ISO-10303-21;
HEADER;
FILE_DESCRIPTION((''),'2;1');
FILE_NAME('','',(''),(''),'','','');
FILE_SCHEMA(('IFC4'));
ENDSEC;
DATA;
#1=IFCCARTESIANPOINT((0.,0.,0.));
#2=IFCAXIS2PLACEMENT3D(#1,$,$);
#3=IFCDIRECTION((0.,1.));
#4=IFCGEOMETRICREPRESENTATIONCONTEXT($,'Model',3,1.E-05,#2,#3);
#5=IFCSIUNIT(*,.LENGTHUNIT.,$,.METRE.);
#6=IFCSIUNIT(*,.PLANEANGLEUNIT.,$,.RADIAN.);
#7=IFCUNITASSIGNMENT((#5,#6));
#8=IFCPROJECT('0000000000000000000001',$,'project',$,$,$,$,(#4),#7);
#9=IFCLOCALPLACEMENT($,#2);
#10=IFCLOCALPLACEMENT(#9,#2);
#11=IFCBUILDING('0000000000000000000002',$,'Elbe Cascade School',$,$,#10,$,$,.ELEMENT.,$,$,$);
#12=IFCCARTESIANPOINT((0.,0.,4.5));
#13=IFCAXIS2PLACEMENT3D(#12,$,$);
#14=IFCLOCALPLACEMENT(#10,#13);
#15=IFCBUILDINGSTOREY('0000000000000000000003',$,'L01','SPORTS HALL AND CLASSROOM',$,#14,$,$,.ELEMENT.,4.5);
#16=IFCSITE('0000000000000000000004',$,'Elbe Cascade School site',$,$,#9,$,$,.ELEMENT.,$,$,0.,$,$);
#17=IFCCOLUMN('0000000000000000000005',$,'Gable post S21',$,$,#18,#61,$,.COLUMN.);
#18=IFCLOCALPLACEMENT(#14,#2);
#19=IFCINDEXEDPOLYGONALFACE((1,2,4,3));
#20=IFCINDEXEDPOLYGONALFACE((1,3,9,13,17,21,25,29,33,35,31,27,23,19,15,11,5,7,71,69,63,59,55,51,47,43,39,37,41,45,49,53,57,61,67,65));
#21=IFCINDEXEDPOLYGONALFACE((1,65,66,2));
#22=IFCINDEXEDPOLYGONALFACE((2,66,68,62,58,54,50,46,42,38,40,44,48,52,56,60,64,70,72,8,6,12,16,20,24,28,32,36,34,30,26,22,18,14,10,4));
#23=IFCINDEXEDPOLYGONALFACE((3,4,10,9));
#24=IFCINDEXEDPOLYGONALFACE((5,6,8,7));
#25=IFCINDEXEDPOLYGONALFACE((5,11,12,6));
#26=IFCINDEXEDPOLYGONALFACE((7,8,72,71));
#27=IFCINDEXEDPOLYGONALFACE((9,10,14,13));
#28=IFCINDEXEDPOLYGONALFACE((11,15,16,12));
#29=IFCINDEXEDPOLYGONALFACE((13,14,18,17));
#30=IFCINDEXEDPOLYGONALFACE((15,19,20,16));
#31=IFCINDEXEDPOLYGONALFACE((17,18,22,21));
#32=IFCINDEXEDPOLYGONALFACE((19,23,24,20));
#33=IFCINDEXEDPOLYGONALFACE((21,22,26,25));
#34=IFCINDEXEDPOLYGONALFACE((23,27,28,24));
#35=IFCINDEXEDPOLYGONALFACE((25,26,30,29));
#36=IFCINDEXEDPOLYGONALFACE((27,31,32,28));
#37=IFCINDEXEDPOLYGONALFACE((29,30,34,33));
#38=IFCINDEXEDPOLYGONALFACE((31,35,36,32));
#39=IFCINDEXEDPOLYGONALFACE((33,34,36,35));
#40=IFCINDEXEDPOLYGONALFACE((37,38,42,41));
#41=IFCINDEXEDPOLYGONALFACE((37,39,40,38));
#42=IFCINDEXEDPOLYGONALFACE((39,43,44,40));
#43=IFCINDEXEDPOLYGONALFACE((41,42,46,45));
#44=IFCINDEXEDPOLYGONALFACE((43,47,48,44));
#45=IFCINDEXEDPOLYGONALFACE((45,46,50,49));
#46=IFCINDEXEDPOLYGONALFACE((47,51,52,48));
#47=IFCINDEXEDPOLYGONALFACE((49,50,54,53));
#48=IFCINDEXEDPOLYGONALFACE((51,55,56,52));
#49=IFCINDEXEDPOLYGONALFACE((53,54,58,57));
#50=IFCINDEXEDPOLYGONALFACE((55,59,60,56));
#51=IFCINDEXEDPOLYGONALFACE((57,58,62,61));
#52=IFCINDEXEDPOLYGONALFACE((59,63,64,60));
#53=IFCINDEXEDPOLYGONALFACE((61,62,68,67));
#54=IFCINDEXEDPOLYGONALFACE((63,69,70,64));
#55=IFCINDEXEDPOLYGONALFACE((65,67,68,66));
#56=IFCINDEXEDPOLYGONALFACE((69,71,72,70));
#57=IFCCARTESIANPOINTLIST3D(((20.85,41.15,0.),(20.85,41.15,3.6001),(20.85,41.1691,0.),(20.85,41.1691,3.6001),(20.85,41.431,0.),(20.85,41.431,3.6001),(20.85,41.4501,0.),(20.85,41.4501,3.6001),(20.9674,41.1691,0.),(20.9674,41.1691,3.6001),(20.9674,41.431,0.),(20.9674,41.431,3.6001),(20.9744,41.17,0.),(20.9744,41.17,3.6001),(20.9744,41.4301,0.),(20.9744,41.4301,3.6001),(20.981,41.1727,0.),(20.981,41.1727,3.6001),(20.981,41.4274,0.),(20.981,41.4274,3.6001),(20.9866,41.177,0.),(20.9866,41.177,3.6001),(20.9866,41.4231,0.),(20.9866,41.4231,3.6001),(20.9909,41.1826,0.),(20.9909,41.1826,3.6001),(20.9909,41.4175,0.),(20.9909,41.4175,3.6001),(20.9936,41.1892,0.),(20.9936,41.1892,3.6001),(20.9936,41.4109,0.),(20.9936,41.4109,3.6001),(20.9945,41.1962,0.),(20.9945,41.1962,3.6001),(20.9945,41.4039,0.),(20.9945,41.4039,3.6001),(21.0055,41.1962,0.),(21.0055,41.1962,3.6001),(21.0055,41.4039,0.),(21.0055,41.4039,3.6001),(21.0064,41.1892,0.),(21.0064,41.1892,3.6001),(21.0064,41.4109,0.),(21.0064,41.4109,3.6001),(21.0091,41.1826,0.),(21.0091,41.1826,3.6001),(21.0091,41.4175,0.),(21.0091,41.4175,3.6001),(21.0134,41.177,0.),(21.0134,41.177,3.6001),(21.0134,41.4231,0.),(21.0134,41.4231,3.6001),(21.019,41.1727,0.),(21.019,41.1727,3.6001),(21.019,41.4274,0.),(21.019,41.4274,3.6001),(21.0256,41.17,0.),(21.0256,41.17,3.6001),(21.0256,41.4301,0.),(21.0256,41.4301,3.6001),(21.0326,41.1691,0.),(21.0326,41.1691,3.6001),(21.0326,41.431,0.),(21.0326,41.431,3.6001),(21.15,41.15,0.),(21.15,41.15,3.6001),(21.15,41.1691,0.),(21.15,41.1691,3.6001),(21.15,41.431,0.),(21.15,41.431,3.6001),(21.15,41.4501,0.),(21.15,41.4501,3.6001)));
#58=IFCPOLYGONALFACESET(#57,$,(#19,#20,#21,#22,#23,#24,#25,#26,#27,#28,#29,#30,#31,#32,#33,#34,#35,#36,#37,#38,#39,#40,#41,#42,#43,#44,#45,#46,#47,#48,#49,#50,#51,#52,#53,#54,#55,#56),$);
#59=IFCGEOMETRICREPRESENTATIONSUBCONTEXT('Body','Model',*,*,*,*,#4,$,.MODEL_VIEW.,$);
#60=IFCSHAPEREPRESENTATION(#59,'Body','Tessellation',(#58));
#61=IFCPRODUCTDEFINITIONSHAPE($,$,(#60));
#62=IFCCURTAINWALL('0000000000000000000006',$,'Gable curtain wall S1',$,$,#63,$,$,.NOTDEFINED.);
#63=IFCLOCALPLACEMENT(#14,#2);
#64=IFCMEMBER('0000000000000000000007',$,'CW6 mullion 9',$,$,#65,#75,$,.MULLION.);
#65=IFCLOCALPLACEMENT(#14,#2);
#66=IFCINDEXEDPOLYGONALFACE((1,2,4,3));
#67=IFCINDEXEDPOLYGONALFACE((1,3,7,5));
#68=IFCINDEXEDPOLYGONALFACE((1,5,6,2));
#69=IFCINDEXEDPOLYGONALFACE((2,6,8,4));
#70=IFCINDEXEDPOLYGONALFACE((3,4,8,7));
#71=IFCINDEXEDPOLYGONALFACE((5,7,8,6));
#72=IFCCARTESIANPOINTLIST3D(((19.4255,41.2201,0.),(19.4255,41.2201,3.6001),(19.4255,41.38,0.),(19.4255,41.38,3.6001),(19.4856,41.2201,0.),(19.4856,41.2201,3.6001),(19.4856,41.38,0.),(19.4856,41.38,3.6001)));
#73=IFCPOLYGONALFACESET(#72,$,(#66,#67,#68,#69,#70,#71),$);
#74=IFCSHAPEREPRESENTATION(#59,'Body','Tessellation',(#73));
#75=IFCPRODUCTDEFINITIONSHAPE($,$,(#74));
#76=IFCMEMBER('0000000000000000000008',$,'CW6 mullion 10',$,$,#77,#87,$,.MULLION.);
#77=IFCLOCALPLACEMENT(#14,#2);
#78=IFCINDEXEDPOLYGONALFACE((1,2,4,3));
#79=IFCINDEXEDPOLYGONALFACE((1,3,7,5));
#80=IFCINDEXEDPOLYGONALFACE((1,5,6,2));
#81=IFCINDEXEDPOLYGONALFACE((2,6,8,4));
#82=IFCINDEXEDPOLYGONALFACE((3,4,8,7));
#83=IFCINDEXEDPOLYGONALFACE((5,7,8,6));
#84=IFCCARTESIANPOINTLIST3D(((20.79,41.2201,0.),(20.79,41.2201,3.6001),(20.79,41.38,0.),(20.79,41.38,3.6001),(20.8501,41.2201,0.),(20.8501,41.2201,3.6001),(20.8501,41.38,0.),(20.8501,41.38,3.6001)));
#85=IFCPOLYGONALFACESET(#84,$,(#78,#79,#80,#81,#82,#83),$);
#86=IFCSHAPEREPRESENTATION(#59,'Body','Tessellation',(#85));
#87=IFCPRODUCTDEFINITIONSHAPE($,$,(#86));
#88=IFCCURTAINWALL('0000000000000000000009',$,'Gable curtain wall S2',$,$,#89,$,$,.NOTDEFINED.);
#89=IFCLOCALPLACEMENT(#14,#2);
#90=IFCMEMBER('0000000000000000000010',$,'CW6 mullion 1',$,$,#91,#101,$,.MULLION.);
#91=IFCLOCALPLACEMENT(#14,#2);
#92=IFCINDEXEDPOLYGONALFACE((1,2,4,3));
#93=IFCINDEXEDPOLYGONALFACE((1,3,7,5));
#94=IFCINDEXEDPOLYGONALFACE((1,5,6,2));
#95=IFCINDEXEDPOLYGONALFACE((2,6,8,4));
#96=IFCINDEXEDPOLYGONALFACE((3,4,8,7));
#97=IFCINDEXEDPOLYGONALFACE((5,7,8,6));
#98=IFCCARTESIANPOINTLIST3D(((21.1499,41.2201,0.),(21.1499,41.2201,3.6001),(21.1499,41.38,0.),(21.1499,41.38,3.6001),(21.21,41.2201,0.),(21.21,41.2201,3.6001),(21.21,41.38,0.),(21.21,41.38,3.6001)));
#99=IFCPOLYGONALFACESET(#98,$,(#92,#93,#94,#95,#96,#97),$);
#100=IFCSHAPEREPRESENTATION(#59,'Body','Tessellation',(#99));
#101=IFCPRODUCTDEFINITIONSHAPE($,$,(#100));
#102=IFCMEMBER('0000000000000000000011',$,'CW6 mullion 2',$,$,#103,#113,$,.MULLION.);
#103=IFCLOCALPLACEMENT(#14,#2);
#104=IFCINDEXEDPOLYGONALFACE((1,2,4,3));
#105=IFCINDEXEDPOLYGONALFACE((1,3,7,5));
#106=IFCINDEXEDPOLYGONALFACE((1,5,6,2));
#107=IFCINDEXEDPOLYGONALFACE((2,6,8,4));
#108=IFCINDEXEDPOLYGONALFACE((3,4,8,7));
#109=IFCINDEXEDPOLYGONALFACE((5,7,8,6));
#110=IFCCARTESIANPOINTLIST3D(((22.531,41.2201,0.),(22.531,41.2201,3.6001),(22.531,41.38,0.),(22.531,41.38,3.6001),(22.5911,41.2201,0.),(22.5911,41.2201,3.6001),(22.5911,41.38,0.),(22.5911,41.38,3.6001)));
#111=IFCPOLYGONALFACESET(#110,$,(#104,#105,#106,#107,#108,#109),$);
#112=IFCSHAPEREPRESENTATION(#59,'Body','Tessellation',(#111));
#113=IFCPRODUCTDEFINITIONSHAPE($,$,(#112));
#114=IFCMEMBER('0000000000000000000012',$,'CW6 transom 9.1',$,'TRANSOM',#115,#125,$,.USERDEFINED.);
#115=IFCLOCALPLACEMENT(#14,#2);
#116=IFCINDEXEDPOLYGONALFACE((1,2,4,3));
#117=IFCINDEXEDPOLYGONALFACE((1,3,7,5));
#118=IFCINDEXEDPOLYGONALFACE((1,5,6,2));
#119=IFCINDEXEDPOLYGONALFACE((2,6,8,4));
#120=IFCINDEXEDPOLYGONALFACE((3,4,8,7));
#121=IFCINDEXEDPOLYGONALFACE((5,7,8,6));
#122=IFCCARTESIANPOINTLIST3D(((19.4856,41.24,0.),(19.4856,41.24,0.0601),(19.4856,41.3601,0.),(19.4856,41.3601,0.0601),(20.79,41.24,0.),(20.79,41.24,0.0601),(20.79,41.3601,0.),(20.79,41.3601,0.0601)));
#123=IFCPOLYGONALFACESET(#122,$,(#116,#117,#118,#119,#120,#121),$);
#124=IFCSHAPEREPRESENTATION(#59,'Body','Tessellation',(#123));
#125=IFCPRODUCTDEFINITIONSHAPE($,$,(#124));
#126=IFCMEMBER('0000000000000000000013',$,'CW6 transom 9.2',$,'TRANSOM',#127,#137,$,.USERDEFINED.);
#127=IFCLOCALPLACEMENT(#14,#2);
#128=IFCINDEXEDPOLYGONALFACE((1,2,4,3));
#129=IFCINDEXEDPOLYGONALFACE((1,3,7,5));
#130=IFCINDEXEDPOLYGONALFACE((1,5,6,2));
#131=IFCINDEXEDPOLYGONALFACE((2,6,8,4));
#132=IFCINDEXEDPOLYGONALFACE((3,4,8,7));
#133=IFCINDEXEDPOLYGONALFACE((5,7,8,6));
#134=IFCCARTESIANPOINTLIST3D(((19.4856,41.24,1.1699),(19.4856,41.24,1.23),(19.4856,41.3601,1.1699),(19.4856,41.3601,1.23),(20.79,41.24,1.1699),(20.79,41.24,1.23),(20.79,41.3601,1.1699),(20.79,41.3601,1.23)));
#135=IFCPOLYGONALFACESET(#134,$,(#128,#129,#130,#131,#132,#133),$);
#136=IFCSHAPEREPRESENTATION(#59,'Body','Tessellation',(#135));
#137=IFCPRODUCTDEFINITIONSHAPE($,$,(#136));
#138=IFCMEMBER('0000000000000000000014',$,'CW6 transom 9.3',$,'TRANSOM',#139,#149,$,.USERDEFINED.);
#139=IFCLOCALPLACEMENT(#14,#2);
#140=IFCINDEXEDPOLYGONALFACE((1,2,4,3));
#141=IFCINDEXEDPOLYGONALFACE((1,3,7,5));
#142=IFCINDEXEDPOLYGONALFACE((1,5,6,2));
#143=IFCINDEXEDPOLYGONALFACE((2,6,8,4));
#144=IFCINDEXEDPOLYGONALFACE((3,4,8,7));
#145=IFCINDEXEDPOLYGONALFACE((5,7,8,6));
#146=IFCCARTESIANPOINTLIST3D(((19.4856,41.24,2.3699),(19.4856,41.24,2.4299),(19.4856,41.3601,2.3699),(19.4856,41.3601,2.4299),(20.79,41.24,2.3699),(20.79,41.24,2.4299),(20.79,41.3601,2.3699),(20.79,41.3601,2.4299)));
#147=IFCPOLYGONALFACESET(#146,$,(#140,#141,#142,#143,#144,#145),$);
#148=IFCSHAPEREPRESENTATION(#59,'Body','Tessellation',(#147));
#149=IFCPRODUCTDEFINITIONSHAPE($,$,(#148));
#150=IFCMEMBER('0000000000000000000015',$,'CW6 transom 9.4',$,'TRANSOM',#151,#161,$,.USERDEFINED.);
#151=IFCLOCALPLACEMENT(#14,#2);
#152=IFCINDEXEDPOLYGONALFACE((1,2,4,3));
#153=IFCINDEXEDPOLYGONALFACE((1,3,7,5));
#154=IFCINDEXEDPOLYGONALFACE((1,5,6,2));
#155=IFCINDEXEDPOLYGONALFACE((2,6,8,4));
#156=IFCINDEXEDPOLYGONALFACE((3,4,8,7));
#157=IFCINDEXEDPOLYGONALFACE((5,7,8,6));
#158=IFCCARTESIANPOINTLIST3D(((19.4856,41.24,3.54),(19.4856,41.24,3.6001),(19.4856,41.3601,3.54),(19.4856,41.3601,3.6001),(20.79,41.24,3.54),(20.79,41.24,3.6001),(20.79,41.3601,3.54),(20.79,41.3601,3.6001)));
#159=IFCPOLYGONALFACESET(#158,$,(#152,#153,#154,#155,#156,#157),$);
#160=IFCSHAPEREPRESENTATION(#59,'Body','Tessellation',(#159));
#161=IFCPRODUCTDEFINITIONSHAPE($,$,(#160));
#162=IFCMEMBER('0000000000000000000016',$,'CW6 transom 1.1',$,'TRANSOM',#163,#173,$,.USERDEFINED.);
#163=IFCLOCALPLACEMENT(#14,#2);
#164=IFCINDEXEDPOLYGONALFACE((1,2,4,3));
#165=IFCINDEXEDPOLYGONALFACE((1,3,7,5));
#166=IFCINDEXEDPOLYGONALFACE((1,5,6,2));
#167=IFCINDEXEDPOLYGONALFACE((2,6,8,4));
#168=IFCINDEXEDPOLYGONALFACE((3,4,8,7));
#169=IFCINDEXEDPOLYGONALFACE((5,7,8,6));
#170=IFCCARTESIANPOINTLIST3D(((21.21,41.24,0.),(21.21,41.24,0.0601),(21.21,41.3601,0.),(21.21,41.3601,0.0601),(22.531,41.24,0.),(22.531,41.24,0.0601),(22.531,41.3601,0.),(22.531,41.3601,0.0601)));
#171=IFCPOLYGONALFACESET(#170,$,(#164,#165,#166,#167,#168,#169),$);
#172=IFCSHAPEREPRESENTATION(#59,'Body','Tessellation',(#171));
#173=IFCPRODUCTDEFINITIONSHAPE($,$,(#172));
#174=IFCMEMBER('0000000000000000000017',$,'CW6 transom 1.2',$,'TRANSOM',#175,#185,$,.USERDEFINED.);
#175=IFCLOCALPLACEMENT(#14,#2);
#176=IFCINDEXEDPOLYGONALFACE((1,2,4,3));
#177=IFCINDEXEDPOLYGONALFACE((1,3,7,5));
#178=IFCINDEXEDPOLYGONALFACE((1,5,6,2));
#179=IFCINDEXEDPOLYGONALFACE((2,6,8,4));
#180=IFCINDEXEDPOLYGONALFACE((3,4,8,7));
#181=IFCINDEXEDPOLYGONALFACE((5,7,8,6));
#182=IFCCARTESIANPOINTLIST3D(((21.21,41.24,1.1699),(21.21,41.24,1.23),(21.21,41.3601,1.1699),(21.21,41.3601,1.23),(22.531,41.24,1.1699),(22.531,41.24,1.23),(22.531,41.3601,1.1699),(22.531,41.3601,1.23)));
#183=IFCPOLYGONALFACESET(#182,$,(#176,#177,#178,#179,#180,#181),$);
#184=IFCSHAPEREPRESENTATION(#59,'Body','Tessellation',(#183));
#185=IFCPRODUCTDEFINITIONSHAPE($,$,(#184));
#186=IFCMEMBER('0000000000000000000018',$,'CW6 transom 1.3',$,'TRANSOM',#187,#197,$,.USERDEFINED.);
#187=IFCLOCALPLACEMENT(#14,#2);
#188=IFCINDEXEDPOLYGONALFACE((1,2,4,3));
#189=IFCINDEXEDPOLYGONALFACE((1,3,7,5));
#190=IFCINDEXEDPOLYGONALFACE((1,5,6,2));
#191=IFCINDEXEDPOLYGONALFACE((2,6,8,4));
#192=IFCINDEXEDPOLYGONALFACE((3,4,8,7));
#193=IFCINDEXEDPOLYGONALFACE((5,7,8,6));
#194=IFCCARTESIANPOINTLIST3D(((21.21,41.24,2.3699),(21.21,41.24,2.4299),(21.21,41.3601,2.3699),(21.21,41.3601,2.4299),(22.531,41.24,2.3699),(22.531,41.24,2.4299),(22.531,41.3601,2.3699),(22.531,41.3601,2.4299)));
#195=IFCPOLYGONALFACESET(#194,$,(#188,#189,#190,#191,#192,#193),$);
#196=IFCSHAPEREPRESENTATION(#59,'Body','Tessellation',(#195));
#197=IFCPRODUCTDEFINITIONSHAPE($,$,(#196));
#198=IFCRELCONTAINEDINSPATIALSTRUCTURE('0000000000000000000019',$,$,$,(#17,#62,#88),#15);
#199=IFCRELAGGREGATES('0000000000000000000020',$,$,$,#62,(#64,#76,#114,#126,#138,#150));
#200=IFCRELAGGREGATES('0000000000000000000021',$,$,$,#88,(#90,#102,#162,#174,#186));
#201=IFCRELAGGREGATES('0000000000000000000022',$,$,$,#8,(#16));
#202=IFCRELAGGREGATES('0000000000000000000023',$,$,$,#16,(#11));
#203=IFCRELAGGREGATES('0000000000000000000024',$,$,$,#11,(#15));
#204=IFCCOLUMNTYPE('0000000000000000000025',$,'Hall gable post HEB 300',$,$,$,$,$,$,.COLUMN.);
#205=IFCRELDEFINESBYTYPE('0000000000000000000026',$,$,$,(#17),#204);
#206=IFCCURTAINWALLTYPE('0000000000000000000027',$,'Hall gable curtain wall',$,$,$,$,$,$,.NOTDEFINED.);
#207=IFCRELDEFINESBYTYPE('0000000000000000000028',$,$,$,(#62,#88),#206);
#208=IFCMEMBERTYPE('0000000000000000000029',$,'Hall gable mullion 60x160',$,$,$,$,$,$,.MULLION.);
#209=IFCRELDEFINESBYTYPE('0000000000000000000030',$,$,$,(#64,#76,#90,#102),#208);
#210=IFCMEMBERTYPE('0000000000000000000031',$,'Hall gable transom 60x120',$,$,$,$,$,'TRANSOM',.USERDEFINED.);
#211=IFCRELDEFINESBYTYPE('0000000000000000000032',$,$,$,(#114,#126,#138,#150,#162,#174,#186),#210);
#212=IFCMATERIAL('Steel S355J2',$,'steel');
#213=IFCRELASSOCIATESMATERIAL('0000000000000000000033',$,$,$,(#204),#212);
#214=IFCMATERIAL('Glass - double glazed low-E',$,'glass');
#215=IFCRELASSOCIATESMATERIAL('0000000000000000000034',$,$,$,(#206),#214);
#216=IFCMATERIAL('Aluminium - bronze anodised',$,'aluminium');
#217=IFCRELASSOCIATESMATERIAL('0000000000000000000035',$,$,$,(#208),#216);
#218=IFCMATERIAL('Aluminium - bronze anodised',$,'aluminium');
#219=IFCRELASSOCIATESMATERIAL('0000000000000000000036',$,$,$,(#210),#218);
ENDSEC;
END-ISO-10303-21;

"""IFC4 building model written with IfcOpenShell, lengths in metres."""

from ifc_helpers import new_model, si_unit, direction, frame, origin, origin_2d, place, context, subcontext, project, spatial, rectangle, i_section, extrude, material, material_profile, profile_set, type_object, element, aggregate, save


model = new_model("IFC4")

# Units and contexts
model_context = context("Model", 3, precision=1e-05, world=origin(), true_north=direction((0.0, 1.0)))
body_context = subcontext(model_context, "Body", "Model", "MODEL_VIEW")
ifc_project = project(units=[si_unit("LENGTHUNIT", "METRE"), si_unit("PLANEANGLEUNIT", "RADIAN")], contexts=[model_context])

# Site, building, storey
site_placement = place(None, origin())
site = spatial("IfcSite", under=ifc_project, at=site_placement, Name="Elbe Cascade School site", CompositionType="ELEMENT", RefElevation=0.0)
building_placement = place(site_placement, origin())
building = spatial("IfcBuilding", under=site, at=building_placement, Name="Elbe Cascade School", CompositionType="ELEMENT")
storey_placement = place(building_placement, frame((0.0, 0.0, 4.5)))
storey = spatial("IfcBuildingStorey", under=building, at=storey_placement, Name="L01", Description="SPORTS HALL AND CLASSROOM", CompositionType="ELEMENT", Elevation=4.5)

# Column
ifc_material_1 = material(Name="Steel S355J2", Category="steel")
ifc_material_profile_1 = material_profile(ifc_material_1, i_section(OverallWidth=0.3, OverallDepth=0.3, WebThickness=0.011, FlangeThickness=0.019, FilletRadius=0.0271, at=origin_2d()), Name="HEB 300")
ifc_profile_set_1 = profile_set([ifc_material_profile_1], Name="Steel S355J2")
column_type = type_object("IfcColumnType", Name="Hall gable post HEB 300", PredefinedType="COLUMN", material=ifc_profile_set_1)
column_placement = place(storey_placement, frame((21.0, 41.3, 0.0), z_axis=(0.0, 0.0, 1.0), x_axis=(1.0, 0.0, 0.0)))
element("IfcColumn", 1, at=column_placement, inside=storey, type_object=column_type, Name="Gable post S21", PredefinedType="COLUMN", context=body_context, shape_type="SweptSolid", body=[
    extrude(i_section(OverallWidth=0.3, OverallDepth=0.3, WebThickness=0.011, FlangeThickness=0.019, FilletRadius=0.0271, at=origin_2d()), origin(), (0.0, 0.0, 1.0), 3.6001),
])

# Curtain walls, members
ifc_material_2 = material(Name="Glass - double glazed low-E", Category="glass")
curtain_wall_type = type_object("IfcCurtainWallType", Name="Hall gable curtain wall", PredefinedType="NOTDEFINED", material=ifc_material_2)
curtain_wall_1_placement = place(storey_placement, origin())
curtain_wall_1 = element("IfcCurtainWall", 2, at=curtain_wall_1_placement, inside=storey, type_object=curtain_wall_type, Name="Gable curtain wall S1", PredefinedType="NOTDEFINED")
ifc_material_3 = material(Name="Aluminium - bronze anodised", Category="aluminium")
ifc_material_profile_2 = material_profile(ifc_material_3, rectangle(XDim=0.1599, YDim=0.0601, at=origin_2d()), Name="Alu 60x160")
ifc_profile_set_2 = profile_set([ifc_material_profile_2], Name="Aluminium - bronze anodised")
member_type_1 = type_object("IfcMemberType", Name="Hall gable mullion 60x160", PredefinedType="MULLION", material=ifc_profile_set_2)
member_1_placement = place(storey_placement, frame((19.4556, 41.3, 0.0), z_axis=(0.0, 0.0, 1.0), x_axis=(0.0, 1.0, 0.0)))
member_1 = element("IfcMember", 3, at=member_1_placement, type_object=member_type_1, Name="CW6 mullion 9", PredefinedType="MULLION", context=body_context, shape_type="SweptSolid", body=[
    extrude(rectangle(XDim=0.1599, YDim=0.0601, at=origin_2d()), origin(), (0.0, 0.0, 1.0), 3.6001),
])
member_2_placement = place(storey_placement, frame((20.8201, 41.3, 0.0), z_axis=(0.0, 0.0, 1.0), x_axis=(0.0, 1.0, 0.0)))
member_2 = element("IfcMember", 4, at=member_2_placement, type_object=member_type_1, Name="CW6 mullion 10", PredefinedType="MULLION", context=body_context, shape_type="SweptSolid", body=[
    extrude(rectangle(XDim=0.1599, YDim=0.0601, at=origin_2d()), origin(), (0.0, 0.0, 1.0), 3.6001),
])
curtain_wall_2_placement = place(storey_placement, origin())
curtain_wall_2 = element("IfcCurtainWall", 5, at=curtain_wall_2_placement, inside=storey, type_object=curtain_wall_type, Name="Gable curtain wall S2", PredefinedType="NOTDEFINED")
member_3_placement = place(storey_placement, frame((21.1799, 41.3, 0.0), z_axis=(0.0, 0.0, 1.0), x_axis=(0.0, 1.0, 0.0)))
member_3 = element("IfcMember", 6, at=member_3_placement, type_object=member_type_1, Name="CW6 mullion 1", PredefinedType="MULLION", context=body_context, shape_type="SweptSolid", body=[
    extrude(rectangle(XDim=0.1599, YDim=0.0601, at=origin_2d()), origin(), (0.0, 0.0, 1.0), 3.6001),
])
member_4_placement = place(storey_placement, frame((22.561, 41.3, 0.0), z_axis=(0.0, 0.0, 1.0), x_axis=(0.0, 1.0, 0.0)))
member_4 = element("IfcMember", 7, at=member_4_placement, type_object=member_type_1, Name="CW6 mullion 2", PredefinedType="MULLION", context=body_context, shape_type="SweptSolid", body=[
    extrude(rectangle(XDim=0.1599, YDim=0.0601, at=origin_2d()), origin(), (0.0, 0.0, 1.0), 3.6001),
])

# Members
ifc_material_4 = material(Name="Aluminium - bronze anodised", Category="aluminium")
ifc_material_profile_3 = material_profile(ifc_material_4, rectangle(XDim=0.1201, YDim=0.0601, at=origin_2d()), Name="Alu 60x120")
ifc_profile_set_3 = profile_set([ifc_material_profile_3], Name="Aluminium - bronze anodised")
member_type_2 = type_object("IfcMemberType", Name="Hall gable transom 60x120", ElementType="TRANSOM", PredefinedType="USERDEFINED", material=ifc_profile_set_3)
member_5_placement = place(storey_placement, frame((19.4856, 41.3, 0.03), z_axis=(1.0, 0.0, 0.0), x_axis=(0.0, 1.0, 0.0)))
member_5 = element("IfcMember", 8, at=member_5_placement, type_object=member_type_2, Name="CW6 transom 9.1", ObjectType="TRANSOM", PredefinedType="USERDEFINED", context=body_context, shape_type="SweptSolid", body=[
    extrude(rectangle(XDim=0.1201, YDim=0.0601, at=origin_2d()), origin(), (0.0, 0.0, 1.0), 1.3044),
])
member_6_placement = place(storey_placement, frame((19.4856, 41.3, 1.2), z_axis=(1.0, 0.0, 0.0), x_axis=(0.0, 1.0, 0.0)))
member_6 = element("IfcMember", 9, at=member_6_placement, type_object=member_type_2, Name="CW6 transom 9.2", ObjectType="TRANSOM", PredefinedType="USERDEFINED", context=body_context, shape_type="SweptSolid", body=[
    extrude(rectangle(XDim=0.1201, YDim=0.0601, at=origin_2d()), origin(), (0.0, 0.0, 1.0), 1.3044),
])
member_7_placement = place(storey_placement, frame((19.4856, 41.3, 2.3999), z_axis=(1.0, 0.0, 0.0), x_axis=(0.0, 1.0, 0.0)))
member_7 = element("IfcMember", 10, at=member_7_placement, type_object=member_type_2, Name="CW6 transom 9.3", ObjectType="TRANSOM", PredefinedType="USERDEFINED", context=body_context, shape_type="SweptSolid", body=[
    extrude(rectangle(XDim=0.1201, YDim=0.0601, at=origin_2d()), origin(), (0.0, 0.0, 1.0), 1.3044),
])
member_8_placement = place(storey_placement, frame((19.4856, 41.3, 3.5701), z_axis=(1.0, 0.0, 0.0), x_axis=(0.0, 1.0, 0.0)))
member_8 = element("IfcMember", 11, at=member_8_placement, type_object=member_type_2, Name="CW6 transom 9.4", ObjectType="TRANSOM", PredefinedType="USERDEFINED", context=body_context, shape_type="SweptSolid", body=[
    extrude(rectangle(XDim=0.1201, YDim=0.0601, at=origin_2d()), origin(), (0.0, 0.0, 1.0), 1.3044),
])
member_9_placement = place(storey_placement, frame((21.21, 41.3, 0.03), z_axis=(1.0, 0.0, 0.0), x_axis=(0.0, 1.0, 0.0)))
member_9 = element("IfcMember", 12, at=member_9_placement, type_object=member_type_2, Name="CW6 transom 1.1", ObjectType="TRANSOM", PredefinedType="USERDEFINED", context=body_context, shape_type="SweptSolid", body=[
    extrude(rectangle(XDim=0.1201, YDim=0.0601, at=origin_2d()), origin(), (0.0, 0.0, 1.0), 1.321),
])
member_10_placement = place(storey_placement, frame((21.21, 41.3, 1.2), z_axis=(1.0, 0.0, 0.0), x_axis=(0.0, 1.0, 0.0)))
member_10 = element("IfcMember", 13, at=member_10_placement, type_object=member_type_2, Name="CW6 transom 1.2", ObjectType="TRANSOM", PredefinedType="USERDEFINED", context=body_context, shape_type="SweptSolid", body=[
    extrude(rectangle(XDim=0.1201, YDim=0.0601, at=origin_2d()), origin(), (0.0, 0.0, 1.0), 1.321),
])
member_11_placement = place(storey_placement, frame((21.21, 41.3, 2.3999), z_axis=(1.0, 0.0, 0.0), x_axis=(0.0, 1.0, 0.0)))
member_11 = element("IfcMember", 14, at=member_11_placement, type_object=member_type_2, Name="CW6 transom 1.3", ObjectType="TRANSOM", PredefinedType="USERDEFINED", context=body_context, shape_type="SweptSolid", body=[
    extrude(rectangle(XDim=0.1201, YDim=0.0601, at=origin_2d()), origin(), (0.0, 0.0, 1.0), 1.321),
])

aggregate(curtain_wall_1, [member_1, member_2, member_5, member_6, member_7, member_8])
aggregate(curtain_wall_2, [member_3, member_4, member_9, member_10, member_11])

save(model, "model.ifc")
